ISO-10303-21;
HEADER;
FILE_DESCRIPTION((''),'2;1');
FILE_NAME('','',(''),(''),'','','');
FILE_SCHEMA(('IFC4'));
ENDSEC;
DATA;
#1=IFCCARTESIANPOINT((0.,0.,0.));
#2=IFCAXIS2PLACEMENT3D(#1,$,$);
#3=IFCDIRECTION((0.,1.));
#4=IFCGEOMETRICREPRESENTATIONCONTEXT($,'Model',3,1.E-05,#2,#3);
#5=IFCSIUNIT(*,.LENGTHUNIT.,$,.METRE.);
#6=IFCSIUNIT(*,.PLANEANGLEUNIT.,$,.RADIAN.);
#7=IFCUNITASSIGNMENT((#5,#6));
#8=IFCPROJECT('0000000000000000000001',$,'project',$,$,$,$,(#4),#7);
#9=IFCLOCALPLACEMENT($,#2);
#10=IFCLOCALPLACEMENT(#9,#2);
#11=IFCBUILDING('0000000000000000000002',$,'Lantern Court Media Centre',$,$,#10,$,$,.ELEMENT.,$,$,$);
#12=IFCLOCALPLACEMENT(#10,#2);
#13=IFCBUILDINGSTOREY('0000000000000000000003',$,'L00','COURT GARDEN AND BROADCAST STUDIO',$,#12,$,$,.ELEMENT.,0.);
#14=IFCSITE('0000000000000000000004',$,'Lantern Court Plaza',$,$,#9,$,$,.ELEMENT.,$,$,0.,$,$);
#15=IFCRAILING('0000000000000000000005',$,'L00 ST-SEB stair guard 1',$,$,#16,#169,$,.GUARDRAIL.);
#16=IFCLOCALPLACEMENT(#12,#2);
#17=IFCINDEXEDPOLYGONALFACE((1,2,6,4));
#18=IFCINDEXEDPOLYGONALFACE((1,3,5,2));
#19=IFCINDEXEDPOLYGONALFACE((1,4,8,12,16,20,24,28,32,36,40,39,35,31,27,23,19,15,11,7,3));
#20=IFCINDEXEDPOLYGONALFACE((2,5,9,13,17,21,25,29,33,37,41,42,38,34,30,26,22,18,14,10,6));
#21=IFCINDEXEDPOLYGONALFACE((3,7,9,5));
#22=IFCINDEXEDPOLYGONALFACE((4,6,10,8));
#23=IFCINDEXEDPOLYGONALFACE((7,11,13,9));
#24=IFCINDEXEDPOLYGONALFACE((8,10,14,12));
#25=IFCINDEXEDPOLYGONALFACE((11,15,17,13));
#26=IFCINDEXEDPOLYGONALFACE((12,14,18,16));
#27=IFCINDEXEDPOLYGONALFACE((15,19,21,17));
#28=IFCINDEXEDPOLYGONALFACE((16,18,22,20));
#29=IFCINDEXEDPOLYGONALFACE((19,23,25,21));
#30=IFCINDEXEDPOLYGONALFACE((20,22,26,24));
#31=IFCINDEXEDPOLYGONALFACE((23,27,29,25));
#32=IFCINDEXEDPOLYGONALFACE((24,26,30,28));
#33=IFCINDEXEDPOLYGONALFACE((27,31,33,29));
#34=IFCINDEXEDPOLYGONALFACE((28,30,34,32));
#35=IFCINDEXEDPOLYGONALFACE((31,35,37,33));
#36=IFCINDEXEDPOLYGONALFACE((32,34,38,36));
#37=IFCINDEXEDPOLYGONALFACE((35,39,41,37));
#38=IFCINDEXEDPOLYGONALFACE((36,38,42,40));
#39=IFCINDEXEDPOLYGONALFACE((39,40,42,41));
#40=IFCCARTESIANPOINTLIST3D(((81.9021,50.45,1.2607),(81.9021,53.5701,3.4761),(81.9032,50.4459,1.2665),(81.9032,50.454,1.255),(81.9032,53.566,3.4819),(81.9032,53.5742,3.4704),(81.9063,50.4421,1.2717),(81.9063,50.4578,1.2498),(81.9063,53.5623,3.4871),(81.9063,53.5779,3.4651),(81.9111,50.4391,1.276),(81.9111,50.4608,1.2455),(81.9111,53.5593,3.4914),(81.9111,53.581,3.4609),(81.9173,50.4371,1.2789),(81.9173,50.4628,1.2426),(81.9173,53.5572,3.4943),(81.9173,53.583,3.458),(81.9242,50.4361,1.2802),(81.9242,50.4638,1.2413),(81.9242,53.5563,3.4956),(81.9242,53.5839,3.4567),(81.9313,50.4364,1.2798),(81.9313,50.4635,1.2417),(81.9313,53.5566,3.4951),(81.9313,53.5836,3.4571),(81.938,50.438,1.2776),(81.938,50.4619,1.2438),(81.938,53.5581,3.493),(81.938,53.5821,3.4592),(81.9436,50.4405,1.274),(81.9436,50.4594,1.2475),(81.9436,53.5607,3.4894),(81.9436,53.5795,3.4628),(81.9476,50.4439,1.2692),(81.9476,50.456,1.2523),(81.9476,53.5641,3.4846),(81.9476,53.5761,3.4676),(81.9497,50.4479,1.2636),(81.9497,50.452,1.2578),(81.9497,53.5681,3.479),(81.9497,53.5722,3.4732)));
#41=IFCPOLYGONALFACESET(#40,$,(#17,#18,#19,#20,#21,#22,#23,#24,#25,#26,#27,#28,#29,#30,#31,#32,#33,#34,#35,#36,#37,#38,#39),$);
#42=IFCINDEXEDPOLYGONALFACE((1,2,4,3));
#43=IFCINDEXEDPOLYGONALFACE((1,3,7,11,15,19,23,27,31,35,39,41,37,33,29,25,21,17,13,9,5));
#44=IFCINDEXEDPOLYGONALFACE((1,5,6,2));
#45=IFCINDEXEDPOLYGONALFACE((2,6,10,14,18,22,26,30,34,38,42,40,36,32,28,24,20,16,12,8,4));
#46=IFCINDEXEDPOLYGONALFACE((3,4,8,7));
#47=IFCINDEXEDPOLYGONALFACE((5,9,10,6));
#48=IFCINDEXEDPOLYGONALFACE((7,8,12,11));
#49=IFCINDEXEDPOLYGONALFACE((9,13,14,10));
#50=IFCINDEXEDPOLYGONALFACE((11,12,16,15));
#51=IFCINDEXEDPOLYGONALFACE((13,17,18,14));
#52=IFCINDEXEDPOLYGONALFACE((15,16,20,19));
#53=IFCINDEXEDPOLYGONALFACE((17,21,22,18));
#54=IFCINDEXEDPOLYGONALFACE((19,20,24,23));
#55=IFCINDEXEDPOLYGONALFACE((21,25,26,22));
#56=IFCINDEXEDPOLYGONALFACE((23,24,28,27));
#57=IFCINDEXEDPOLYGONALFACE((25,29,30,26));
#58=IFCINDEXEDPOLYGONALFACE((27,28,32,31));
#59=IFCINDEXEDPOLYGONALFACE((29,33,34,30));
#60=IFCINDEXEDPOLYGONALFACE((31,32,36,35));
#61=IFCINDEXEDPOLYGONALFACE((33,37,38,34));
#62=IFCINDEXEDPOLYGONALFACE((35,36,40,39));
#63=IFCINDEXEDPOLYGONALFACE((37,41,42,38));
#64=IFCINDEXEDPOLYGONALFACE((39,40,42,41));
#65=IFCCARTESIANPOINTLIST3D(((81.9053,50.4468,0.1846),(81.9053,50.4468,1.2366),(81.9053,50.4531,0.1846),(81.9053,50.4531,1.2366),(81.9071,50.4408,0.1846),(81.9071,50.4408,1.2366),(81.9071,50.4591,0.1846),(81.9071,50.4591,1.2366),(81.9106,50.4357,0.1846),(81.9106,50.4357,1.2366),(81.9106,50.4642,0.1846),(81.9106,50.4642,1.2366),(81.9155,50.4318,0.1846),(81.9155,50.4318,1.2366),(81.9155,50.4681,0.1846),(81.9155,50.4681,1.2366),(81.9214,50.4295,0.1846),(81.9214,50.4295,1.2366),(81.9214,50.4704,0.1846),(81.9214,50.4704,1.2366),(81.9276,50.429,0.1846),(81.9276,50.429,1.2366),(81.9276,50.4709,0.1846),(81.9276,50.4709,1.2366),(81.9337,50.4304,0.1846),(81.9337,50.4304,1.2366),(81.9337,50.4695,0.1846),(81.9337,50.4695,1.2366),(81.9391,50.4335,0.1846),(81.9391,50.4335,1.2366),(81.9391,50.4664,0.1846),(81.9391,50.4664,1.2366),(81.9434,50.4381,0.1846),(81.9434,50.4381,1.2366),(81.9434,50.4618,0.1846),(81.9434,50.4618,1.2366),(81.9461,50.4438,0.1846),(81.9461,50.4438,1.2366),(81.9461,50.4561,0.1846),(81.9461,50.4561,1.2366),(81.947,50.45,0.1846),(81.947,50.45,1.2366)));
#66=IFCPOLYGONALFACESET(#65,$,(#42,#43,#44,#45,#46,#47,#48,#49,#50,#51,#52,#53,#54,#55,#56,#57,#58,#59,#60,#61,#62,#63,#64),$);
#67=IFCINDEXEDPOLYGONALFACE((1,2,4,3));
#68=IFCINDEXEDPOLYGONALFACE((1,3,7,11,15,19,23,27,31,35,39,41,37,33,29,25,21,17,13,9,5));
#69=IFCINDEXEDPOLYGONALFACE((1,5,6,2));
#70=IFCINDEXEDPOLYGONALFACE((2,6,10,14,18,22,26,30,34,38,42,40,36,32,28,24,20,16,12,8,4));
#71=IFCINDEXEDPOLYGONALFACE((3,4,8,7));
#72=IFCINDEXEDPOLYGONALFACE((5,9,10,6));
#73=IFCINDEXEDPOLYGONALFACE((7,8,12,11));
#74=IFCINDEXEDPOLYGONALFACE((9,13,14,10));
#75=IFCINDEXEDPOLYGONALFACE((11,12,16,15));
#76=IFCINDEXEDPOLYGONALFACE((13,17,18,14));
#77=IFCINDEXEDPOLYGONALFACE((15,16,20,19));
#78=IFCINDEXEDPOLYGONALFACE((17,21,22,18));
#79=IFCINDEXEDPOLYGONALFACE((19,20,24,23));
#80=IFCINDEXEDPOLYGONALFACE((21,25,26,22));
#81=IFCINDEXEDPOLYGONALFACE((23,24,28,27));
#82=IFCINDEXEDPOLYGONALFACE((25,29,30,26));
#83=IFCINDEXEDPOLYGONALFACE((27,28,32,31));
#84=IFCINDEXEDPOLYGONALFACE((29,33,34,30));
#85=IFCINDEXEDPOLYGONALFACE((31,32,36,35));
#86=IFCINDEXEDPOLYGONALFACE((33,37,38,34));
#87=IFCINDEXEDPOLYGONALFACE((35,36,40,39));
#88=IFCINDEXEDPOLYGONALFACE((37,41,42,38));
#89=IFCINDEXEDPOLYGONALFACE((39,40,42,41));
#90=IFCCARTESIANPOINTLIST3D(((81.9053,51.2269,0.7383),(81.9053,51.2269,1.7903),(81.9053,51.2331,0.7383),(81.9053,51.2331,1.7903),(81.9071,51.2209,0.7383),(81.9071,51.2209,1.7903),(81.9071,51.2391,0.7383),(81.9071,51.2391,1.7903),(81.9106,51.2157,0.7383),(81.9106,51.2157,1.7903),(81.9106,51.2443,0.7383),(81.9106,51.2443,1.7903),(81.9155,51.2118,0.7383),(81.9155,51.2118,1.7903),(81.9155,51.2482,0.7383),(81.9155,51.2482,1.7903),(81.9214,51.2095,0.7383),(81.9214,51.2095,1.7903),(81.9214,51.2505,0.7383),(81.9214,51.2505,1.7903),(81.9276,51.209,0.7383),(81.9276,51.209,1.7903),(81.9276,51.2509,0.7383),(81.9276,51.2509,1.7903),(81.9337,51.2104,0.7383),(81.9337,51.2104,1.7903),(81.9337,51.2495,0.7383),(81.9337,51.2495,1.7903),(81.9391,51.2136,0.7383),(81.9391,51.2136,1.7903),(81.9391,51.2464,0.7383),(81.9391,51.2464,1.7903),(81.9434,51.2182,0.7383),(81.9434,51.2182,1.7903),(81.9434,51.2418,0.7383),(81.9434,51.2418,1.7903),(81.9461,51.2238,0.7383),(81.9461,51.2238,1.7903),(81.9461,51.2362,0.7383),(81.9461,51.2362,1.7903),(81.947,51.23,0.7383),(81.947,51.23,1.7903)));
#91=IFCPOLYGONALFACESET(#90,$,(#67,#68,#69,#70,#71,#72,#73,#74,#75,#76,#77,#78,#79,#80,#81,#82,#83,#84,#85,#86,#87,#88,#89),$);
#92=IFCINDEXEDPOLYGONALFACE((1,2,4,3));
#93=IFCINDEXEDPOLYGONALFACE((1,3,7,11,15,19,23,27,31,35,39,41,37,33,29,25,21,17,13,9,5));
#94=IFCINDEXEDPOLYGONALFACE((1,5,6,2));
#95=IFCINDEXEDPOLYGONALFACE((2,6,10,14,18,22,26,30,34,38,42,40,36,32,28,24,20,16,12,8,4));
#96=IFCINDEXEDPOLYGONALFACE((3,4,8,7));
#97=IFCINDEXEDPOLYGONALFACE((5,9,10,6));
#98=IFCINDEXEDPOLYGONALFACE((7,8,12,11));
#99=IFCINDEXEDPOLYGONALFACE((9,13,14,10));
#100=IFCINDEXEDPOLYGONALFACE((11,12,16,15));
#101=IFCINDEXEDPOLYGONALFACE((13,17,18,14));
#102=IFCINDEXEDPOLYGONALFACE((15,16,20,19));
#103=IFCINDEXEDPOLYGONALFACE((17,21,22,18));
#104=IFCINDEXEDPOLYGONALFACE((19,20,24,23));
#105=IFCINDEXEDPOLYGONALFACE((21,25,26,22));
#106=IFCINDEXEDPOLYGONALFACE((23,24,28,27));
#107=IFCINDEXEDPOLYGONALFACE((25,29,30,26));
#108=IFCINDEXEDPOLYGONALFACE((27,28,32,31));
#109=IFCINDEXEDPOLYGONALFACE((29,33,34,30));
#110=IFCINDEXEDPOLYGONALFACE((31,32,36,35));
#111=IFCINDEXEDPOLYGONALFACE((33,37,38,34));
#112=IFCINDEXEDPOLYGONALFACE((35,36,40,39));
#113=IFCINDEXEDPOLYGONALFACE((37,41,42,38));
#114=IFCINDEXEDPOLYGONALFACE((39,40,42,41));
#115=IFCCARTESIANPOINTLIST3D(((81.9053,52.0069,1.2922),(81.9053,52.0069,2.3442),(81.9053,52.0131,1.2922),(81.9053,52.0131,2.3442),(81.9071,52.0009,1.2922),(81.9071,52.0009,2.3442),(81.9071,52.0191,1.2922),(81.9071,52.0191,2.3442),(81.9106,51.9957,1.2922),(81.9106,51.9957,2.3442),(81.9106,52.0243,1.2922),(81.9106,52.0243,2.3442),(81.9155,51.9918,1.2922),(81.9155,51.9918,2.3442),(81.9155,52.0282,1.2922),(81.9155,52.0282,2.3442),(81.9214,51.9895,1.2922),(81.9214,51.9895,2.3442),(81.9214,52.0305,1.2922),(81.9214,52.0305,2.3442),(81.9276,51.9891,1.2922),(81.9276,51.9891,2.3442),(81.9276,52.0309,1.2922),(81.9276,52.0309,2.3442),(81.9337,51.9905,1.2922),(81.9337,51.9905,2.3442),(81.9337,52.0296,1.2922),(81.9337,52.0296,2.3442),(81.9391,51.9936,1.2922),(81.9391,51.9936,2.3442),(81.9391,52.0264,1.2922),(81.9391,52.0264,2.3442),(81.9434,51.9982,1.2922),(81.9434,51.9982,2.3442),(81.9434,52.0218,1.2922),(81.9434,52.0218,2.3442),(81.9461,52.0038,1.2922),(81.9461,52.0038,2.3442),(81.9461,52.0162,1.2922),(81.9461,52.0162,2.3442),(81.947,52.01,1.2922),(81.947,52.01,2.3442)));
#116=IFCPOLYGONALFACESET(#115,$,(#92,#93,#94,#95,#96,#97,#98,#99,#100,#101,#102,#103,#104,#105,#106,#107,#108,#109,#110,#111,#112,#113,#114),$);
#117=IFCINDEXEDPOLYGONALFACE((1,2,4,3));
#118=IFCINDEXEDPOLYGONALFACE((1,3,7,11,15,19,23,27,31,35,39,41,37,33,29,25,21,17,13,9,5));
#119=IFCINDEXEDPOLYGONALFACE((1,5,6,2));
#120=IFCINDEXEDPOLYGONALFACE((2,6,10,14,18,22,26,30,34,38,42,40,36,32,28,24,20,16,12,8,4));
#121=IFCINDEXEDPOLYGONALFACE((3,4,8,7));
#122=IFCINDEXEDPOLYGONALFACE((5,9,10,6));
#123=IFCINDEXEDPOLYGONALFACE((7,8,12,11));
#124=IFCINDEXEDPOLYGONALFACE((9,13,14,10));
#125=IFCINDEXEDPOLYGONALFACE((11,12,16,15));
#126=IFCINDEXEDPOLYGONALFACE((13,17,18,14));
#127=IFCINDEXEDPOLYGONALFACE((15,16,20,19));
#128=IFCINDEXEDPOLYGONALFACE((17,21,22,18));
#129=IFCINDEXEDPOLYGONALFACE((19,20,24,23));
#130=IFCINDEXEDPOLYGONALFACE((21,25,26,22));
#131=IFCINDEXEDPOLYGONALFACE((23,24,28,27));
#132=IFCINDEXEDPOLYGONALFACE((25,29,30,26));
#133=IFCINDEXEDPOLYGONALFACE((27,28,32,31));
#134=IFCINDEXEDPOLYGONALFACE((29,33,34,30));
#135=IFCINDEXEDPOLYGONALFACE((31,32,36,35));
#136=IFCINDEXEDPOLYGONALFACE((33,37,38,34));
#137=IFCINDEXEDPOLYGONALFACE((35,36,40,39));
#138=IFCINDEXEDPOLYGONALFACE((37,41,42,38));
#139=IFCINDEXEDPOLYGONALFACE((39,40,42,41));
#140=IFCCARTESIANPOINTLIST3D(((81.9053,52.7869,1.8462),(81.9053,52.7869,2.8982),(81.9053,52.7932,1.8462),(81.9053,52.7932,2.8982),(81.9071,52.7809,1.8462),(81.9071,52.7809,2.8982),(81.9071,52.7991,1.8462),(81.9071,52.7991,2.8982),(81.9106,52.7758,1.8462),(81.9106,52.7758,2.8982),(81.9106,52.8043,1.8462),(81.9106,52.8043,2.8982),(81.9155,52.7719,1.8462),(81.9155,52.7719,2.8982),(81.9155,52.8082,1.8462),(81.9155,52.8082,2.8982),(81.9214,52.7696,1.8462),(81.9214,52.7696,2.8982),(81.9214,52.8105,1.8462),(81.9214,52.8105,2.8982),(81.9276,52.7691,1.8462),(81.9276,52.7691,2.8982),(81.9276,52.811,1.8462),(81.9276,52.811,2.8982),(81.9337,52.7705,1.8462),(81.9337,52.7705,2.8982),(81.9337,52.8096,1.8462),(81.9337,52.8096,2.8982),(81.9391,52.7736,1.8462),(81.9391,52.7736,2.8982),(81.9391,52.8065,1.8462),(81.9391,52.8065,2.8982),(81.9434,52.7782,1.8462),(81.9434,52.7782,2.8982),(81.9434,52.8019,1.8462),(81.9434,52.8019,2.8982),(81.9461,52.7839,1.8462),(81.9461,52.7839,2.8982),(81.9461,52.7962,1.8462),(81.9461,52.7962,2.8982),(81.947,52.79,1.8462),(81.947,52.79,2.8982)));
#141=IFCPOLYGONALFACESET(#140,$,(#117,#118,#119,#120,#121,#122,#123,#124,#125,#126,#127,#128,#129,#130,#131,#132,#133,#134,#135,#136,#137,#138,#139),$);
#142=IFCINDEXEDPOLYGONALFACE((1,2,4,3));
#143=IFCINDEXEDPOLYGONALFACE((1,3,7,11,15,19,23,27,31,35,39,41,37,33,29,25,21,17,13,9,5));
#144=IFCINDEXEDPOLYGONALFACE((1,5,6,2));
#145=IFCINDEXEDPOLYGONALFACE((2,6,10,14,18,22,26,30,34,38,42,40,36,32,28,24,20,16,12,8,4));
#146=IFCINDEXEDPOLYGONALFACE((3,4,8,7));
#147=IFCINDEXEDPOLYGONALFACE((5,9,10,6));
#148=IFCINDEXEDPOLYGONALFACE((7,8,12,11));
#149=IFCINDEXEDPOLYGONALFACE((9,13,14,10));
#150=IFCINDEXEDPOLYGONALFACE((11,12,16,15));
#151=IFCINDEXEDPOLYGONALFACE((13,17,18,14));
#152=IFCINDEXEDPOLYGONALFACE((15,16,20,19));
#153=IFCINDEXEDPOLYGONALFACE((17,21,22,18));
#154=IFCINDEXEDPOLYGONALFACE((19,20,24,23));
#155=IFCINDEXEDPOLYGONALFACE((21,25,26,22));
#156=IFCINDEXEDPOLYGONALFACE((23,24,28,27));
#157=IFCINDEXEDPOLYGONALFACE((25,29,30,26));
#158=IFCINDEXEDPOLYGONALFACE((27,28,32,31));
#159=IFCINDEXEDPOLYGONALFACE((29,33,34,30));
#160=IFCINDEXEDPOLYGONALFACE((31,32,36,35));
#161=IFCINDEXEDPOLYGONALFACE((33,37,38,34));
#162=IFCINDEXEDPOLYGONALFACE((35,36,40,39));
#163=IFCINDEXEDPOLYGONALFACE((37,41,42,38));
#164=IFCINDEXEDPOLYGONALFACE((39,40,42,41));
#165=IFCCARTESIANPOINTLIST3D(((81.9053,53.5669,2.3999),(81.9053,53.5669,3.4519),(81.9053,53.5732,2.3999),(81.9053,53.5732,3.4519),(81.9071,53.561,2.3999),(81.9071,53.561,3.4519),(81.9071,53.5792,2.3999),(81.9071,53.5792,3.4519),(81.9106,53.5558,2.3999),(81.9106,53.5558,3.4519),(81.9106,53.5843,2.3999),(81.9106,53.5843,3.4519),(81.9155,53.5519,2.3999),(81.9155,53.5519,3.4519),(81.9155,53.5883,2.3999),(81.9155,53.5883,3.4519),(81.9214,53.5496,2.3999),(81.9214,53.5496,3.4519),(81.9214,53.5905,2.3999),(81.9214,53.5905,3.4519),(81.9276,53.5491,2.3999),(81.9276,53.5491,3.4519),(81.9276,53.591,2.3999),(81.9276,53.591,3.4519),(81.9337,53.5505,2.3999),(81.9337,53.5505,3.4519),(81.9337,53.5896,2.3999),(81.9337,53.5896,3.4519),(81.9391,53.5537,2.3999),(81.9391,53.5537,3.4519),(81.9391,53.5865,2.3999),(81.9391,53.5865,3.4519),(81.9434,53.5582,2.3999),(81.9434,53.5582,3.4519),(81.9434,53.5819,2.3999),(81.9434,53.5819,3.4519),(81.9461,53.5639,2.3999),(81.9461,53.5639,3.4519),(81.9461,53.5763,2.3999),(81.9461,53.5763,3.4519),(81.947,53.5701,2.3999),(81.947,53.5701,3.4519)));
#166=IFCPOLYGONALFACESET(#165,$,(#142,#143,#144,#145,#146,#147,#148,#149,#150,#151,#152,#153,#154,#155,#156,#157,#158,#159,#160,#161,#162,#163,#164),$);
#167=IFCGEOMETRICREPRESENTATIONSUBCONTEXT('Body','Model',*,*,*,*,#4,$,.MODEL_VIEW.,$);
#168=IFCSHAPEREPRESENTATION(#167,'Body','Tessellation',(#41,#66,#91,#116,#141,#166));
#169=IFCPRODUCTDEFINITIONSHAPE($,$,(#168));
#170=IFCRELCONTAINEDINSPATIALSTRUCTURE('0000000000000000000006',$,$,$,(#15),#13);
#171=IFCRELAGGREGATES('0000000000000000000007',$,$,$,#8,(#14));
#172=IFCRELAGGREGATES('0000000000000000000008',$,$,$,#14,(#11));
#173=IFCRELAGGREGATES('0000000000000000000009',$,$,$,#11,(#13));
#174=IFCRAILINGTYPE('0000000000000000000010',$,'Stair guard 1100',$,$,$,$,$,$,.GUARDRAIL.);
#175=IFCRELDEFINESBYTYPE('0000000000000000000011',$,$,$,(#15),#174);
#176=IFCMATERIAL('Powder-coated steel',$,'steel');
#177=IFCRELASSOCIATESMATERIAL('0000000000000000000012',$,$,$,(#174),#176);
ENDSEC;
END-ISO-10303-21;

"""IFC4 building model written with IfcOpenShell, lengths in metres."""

from ifc_helpers import new_model, si_unit, direction, frame, origin, origin_2d, place, context, subcontext, project, spatial, circle, extrude, material, type_object, element, save


model = new_model("IFC4")

# Units and contexts
model_context = context("Model", 3, precision=1e-05, world=origin(), true_north=direction((0.0, 1.0)))
body_context = subcontext(model_context, "Body", "Model", "MODEL_VIEW")
ifc_project = project(units=[si_unit("LENGTHUNIT", "METRE"), si_unit("PLANEANGLEUNIT", "RADIAN")], contexts=[model_context])

# Site, building, storey
site_placement = place(None, origin())
site = spatial("IfcSite", under=ifc_project, at=site_placement, Name="Lantern Court Plaza", CompositionType="ELEMENT", RefElevation=0.0)
building_placement = place(site_placement, origin())
building = spatial("IfcBuilding", under=site, at=building_placement, Name="Lantern Court Media Centre", CompositionType="ELEMENT")
storey_placement = place(building_placement, origin())
storey = spatial("IfcBuildingStorey", under=building, at=storey_placement, Name="L00", Description="COURT GARDEN AND BROADCAST STUDIO", CompositionType="ELEMENT", Elevation=0.0)

# Railing
ifc_material_1 = material(Name="Powder-coated steel", Category="steel")
railing_type_1 = type_object("IfcRailingType", Name="Stair guard 1100", PredefinedType="GUARDRAIL", material=ifc_material_1)
railing_1_placement = place(storey_placement, frame((81.926, 50.45, 0.1846)))
element("IfcRailing", 1, at=railing_1_placement, inside=storey, type_object=railing_type_1, Name="L00 ST-SEB stair guard 1", PredefinedType="GUARDRAIL", context=body_context, shape_type="SweptSolid", body=[
    extrude(circle(Radius=0.0239, at=origin_2d()), frame((0.0, 0.0, 1.0762), z_axis=(0.0, 0.815377, 0.57893), x_axis=(-1.0, 0.0, 0.0)), (0.0, 0.0, 1.0), 3.8267),
    extrude(circle(Radius=0.021, at=origin_2d()), origin(), (0.0, 0.0, 1.0), 1.052),
    extrude(circle(Radius=0.021, at=origin_2d()), frame((0.0, 0.78, 0.5537)), (0.0, 0.0, 1.0), 1.052),
    extrude(circle(Radius=0.021, at=origin_2d()), frame((0.0, 1.5601, 1.1077)), (0.0, 0.0, 1.0), 1.052),
    extrude(circle(Radius=0.021, at=origin_2d()), frame((0.0, 2.3401, 1.6616)), (0.0, 0.0, 1.0), 1.052),
    extrude(circle(Radius=0.021, at=origin_2d()), frame((0.0, 3.1201, 2.2153)), (0.0, 0.0, 1.0), 1.052),
])

save(model, "model.ifc")
